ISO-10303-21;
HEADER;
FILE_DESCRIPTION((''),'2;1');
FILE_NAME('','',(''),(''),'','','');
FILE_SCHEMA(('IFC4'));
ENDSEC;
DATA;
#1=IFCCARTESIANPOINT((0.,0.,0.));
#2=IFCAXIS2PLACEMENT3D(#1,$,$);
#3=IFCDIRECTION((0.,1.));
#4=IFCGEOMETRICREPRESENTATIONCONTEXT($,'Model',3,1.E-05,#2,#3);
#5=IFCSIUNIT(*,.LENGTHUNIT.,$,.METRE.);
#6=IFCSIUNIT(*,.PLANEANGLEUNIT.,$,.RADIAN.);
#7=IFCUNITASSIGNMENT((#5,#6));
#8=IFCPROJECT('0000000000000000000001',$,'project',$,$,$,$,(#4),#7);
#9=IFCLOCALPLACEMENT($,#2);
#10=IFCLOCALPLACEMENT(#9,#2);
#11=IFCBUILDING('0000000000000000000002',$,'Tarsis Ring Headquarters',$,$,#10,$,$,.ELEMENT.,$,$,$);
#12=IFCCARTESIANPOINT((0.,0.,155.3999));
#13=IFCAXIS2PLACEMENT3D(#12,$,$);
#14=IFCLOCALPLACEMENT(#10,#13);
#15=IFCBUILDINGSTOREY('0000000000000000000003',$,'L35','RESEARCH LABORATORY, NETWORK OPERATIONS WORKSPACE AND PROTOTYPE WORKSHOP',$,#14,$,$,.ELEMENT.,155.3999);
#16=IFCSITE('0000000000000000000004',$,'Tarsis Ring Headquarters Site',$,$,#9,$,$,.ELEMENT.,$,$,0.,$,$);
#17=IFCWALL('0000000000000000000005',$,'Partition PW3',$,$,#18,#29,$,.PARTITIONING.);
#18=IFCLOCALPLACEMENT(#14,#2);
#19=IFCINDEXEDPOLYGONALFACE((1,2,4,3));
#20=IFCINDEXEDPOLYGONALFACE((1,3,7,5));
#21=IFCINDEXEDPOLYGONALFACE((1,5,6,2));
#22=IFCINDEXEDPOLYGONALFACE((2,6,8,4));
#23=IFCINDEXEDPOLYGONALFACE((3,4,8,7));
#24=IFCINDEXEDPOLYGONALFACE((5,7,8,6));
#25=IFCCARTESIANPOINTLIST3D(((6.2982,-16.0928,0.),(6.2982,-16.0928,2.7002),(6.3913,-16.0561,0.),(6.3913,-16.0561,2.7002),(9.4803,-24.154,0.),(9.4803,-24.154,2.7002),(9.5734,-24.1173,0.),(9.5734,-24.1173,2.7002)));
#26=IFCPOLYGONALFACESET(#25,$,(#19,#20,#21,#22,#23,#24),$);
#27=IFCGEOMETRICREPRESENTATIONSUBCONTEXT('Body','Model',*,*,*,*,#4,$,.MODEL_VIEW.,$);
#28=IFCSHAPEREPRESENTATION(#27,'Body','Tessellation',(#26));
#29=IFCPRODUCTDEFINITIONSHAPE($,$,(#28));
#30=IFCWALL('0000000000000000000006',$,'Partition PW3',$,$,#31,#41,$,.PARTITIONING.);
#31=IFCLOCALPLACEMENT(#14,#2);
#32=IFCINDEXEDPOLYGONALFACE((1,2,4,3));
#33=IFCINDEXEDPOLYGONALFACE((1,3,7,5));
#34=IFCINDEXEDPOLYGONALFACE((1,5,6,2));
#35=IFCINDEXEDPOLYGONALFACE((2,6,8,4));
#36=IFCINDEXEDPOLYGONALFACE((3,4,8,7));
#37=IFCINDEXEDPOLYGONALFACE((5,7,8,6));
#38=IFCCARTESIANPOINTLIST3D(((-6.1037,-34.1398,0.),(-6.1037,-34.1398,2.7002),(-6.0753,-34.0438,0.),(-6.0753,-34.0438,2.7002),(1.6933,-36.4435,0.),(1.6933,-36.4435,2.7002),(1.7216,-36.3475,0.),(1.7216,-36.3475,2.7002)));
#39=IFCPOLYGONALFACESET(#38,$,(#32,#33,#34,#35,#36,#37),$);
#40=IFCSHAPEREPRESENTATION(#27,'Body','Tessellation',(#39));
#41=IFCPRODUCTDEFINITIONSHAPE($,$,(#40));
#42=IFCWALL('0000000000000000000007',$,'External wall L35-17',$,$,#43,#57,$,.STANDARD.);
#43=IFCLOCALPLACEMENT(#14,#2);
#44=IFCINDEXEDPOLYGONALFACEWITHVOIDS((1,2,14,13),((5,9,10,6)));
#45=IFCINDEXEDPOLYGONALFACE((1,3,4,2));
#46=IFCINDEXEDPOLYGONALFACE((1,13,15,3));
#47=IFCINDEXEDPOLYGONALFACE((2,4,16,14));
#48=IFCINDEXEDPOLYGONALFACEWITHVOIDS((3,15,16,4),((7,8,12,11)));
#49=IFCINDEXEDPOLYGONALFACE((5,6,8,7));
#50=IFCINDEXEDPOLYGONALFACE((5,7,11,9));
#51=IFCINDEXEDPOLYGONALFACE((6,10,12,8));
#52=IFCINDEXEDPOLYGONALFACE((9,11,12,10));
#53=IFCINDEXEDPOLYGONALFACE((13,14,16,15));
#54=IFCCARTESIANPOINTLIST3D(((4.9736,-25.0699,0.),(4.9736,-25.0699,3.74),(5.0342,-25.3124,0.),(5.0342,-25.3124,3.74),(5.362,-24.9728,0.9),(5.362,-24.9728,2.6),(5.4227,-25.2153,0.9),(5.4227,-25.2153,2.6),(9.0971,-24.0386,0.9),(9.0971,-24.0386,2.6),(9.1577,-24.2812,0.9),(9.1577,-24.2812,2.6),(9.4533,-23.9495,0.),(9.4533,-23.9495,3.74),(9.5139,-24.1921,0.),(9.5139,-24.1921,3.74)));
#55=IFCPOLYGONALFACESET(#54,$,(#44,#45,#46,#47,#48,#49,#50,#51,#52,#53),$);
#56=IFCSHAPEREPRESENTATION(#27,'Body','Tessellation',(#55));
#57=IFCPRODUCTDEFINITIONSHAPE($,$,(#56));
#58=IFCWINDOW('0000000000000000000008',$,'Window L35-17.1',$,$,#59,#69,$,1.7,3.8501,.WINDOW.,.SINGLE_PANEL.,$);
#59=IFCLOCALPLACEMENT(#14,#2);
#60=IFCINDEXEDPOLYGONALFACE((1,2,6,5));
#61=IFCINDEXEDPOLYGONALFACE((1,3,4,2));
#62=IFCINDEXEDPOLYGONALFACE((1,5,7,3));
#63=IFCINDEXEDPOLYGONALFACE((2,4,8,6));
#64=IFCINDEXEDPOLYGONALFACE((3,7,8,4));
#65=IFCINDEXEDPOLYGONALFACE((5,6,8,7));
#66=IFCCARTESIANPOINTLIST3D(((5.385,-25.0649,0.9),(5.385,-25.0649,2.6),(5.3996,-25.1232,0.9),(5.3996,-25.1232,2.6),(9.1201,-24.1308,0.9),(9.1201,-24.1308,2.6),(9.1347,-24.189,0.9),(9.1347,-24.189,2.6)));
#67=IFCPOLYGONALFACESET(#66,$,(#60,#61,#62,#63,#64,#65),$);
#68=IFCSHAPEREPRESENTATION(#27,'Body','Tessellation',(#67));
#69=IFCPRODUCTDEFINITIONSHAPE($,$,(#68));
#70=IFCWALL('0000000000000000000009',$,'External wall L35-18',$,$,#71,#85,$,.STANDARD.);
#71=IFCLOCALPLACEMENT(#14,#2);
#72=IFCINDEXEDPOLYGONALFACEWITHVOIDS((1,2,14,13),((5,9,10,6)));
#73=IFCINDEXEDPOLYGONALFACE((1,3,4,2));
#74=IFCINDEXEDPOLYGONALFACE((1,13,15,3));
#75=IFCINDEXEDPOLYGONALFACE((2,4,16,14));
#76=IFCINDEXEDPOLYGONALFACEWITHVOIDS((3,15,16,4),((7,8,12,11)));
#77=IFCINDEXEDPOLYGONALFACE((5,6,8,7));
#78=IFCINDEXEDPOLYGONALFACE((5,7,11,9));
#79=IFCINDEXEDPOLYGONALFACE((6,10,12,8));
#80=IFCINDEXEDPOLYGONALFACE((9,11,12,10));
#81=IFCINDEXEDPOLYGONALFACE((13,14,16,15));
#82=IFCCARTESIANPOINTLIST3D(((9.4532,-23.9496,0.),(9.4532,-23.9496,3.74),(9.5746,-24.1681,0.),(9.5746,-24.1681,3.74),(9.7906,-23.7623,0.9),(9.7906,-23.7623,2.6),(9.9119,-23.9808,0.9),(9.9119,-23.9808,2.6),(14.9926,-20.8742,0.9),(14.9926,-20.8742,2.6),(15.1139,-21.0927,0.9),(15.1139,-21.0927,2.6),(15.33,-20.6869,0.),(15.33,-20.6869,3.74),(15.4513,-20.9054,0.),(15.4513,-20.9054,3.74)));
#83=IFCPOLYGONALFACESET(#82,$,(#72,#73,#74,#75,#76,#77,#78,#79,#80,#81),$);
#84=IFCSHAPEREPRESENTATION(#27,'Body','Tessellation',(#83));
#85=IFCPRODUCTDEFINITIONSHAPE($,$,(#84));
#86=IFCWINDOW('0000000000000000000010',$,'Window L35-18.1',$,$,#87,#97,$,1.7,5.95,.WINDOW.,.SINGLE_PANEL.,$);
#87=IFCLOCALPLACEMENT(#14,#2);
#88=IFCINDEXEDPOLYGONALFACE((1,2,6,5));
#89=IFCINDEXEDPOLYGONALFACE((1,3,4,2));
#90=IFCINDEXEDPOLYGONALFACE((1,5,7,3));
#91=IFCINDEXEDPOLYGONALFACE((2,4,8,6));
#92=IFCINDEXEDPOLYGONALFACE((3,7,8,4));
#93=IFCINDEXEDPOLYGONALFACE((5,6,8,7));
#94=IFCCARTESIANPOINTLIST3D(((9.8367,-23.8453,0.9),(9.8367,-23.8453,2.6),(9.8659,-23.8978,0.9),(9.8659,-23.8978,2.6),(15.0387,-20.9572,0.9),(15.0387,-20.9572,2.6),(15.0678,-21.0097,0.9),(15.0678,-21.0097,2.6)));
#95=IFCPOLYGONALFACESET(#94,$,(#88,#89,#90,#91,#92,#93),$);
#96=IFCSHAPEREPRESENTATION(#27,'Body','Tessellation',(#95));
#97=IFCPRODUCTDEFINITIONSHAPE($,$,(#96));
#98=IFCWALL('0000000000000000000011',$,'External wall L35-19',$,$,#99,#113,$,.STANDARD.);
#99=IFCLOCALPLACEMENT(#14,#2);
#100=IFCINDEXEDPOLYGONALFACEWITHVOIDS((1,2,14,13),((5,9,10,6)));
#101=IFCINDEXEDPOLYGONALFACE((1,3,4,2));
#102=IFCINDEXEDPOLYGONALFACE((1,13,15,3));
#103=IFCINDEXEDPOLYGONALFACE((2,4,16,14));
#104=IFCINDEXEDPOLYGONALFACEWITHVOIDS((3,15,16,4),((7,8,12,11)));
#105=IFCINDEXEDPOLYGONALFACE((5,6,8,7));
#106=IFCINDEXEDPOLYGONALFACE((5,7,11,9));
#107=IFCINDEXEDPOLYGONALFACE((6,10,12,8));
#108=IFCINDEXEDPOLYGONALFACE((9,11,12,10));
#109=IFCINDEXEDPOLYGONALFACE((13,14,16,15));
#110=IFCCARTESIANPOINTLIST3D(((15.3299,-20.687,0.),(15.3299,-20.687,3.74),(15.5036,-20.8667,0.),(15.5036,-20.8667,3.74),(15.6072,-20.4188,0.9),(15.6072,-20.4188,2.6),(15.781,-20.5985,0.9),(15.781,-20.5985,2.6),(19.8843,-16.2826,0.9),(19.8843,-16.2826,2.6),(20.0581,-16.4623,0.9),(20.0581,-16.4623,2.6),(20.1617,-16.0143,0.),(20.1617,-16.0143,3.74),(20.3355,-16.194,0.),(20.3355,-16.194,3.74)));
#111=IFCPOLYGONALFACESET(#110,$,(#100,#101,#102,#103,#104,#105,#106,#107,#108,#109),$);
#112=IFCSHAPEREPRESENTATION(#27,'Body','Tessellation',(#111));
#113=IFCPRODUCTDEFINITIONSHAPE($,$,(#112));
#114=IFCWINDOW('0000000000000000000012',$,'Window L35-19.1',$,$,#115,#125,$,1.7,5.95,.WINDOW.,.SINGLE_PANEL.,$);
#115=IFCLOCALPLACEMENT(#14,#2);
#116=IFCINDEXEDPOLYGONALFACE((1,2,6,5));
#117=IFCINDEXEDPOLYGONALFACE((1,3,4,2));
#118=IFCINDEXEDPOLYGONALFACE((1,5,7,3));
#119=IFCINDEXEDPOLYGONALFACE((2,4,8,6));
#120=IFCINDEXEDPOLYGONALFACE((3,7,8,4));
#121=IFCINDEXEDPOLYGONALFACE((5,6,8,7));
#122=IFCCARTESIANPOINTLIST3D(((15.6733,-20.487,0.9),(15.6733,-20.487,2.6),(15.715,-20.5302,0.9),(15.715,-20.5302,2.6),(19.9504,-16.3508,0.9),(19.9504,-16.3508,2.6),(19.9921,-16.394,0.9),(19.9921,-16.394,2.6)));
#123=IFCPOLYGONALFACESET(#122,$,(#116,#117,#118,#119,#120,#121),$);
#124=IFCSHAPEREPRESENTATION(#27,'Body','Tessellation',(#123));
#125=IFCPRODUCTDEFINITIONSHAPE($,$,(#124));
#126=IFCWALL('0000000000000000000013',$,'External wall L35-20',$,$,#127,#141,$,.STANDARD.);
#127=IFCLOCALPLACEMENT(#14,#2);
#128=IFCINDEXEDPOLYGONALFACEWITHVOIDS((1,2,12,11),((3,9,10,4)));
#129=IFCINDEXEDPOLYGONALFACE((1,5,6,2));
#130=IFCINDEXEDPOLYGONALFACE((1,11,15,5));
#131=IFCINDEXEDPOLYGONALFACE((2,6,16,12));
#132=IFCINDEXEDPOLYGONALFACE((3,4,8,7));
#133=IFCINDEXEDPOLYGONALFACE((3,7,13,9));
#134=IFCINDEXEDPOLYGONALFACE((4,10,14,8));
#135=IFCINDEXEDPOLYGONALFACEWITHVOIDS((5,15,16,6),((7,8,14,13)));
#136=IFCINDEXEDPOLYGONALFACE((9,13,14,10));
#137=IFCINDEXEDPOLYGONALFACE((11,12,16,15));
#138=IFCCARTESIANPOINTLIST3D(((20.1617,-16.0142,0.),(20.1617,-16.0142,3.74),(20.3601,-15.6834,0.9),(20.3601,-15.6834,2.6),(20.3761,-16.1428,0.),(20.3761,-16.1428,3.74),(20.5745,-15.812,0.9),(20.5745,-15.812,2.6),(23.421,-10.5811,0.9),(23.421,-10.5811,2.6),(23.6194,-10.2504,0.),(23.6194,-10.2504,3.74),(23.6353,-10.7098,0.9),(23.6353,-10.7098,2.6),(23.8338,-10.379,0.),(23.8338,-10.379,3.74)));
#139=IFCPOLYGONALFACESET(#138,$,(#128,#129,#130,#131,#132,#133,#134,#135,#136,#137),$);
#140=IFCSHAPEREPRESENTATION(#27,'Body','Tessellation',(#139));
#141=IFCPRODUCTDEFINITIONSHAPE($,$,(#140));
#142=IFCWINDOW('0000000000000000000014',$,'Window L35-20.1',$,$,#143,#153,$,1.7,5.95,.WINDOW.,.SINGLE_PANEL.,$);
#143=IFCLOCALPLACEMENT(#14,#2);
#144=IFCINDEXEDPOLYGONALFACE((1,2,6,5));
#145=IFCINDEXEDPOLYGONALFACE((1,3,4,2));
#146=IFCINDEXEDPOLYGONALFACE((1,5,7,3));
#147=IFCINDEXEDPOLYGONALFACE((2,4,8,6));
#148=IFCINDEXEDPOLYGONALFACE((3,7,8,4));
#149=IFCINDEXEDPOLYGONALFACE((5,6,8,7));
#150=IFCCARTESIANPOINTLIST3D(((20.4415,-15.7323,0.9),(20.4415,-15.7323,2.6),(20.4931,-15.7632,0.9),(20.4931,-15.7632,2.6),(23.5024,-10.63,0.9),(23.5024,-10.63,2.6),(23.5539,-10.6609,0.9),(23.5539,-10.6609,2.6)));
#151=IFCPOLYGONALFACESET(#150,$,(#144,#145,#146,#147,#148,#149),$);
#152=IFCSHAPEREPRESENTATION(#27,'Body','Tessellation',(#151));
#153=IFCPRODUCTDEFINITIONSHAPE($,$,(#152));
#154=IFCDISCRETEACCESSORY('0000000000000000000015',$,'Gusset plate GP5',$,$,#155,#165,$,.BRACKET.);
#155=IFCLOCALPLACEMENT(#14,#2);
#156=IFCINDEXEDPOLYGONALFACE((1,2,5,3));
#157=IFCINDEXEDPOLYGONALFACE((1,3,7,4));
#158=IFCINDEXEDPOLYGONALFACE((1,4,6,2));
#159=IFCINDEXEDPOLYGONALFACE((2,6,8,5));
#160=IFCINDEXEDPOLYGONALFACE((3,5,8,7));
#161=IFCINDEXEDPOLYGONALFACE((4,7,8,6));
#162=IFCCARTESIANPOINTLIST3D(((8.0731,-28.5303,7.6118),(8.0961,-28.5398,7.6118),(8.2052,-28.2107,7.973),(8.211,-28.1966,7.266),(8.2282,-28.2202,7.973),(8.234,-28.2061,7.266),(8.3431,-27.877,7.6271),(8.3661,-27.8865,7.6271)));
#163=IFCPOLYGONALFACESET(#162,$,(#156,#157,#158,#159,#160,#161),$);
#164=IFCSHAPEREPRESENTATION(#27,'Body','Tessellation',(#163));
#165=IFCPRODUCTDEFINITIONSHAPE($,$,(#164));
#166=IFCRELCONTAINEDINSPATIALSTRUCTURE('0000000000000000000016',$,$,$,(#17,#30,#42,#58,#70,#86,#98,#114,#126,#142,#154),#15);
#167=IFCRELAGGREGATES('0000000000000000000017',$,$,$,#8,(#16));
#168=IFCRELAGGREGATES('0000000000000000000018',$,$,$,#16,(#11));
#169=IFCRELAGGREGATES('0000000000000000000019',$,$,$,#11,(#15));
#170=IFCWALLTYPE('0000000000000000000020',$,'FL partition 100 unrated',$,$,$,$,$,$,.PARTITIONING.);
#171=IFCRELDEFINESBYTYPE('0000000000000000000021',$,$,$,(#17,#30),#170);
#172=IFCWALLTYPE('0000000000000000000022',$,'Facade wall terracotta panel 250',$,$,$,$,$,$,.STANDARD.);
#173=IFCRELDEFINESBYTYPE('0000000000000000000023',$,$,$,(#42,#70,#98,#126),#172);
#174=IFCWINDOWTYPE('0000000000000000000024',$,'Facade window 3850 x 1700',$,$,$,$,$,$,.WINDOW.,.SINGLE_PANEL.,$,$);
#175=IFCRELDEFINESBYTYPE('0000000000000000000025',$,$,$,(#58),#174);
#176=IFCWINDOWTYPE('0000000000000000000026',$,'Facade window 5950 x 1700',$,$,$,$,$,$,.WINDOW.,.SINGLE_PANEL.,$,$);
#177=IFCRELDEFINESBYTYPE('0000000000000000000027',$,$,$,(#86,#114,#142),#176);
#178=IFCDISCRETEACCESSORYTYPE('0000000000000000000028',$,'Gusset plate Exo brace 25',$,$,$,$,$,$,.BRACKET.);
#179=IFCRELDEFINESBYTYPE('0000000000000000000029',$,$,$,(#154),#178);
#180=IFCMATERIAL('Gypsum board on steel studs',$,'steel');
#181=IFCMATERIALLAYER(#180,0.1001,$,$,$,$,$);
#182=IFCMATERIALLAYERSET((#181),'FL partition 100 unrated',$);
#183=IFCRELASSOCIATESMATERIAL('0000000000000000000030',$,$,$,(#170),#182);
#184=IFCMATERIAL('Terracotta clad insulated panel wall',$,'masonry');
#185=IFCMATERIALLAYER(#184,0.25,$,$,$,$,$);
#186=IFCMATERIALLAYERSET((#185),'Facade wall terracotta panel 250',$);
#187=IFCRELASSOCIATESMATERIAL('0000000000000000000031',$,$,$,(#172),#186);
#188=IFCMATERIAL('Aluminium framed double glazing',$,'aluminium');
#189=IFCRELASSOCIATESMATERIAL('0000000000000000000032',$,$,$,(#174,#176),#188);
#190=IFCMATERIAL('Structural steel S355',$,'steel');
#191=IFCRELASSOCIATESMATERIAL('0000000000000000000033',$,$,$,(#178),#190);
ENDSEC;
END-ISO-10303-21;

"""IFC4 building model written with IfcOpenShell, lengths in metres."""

from ifc_helpers import new_model, si_unit, direction, frame, frame_2d, origin, origin_2d, place, context, subcontext, project, spatial, rectangle, extrude, material, layer, layer_set, material_profile, profile_set, type_object, element, fill, save


model = new_model("IFC4")

# Units and contexts
model_context = context("Model", 3, precision=1e-05, world=origin(), true_north=direction((0.0, 1.0)))
body_context = subcontext(model_context, "Body", "Model", "MODEL_VIEW")
ifc_project = project(units=[si_unit("LENGTHUNIT", "METRE"), si_unit("PLANEANGLEUNIT", "RADIAN")], contexts=[model_context])

# Site, building, storey
site_placement = place(None, origin())
site = spatial("IfcSite", under=ifc_project, at=site_placement, Name="Tarsis Ring Headquarters Site", CompositionType="ELEMENT", RefElevation=0.0)
building_placement = place(site_placement, origin())
building = spatial("IfcBuilding", under=site, at=building_placement, Name="Tarsis Ring Headquarters", CompositionType="ELEMENT")
storey_placement = place(building_placement, frame((0.0, 0.0, 155.3999)))
storey = spatial("IfcBuildingStorey", under=building, at=storey_placement, Name="L35", Description="RESEARCH LABORATORY, NETWORK OPERATIONS WORKSPACE AND PROTOTYPE WORKSHOP", CompositionType="ELEMENT", Elevation=155.3999)

# Shared definitions
ifc_material_1 = material(Name="Structural steel S355", Category="steel")

# Walls
ifc_material_2 = material(Name="Gypsum board on steel studs", Category="steel")
ifc_layer_1 = layer(ifc_material_2, 0.1001)
ifc_layer_set_1 = layer_set([ifc_layer_1], Name="FL partition 100 unrated")
wall_type_1 = type_object("IfcWallType", Name="FL partition 100 unrated", PredefinedType="PARTITIONING", material=ifc_layer_set_1)
wall_1_placement = place(storey_placement, frame((6.3447, -16.0745, 0.0), z_axis=(0.0, 0.0, 1.0), x_axis=(0.367171, -0.930153, 0.0)))
element("IfcWall", 1, at=wall_1_placement, inside=storey, type_object=wall_type_1, Name="Partition PW3", PredefinedType="PARTITIONING", context=body_context, shape_type="SweptSolid", body=[
    extrude(rectangle(XDim=8.6665, YDim=0.1001, at=frame_2d((4.3333, 0.0))), origin(), (0.0, 0.0, 1.0), 2.7002),
])
wall_2_placement = place(storey_placement, frame((-6.0894, -34.0918, 0.0), z_axis=(0.0, 0.0, 1.0), x_axis=(0.959015, -0.283356, 0.0)))
element("IfcWall", 2, at=wall_2_placement, inside=storey, type_object=wall_type_1, Name="Partition PW3", PredefinedType="PARTITIONING", context=body_context, shape_type="SweptSolid", body=[
    extrude(rectangle(XDim=8.1301, YDim=0.1001, at=frame_2d((4.0649, 0.0))), origin(), (0.0, 0.0, 1.0), 2.7002),
])

# Walls, openings, windows
ifc_material_3 = material(Name="Terracotta clad insulated panel wall", Category="masonry")
ifc_layer_2 = layer(ifc_material_3, 0.25)
ifc_layer_set_2 = layer_set([ifc_layer_2], Name="Facade wall terracotta panel 250")
wall_type_2 = type_object("IfcWallType", Name="Facade wall terracotta panel 250", PredefinedType="STANDARD", material=ifc_layer_set_2)
wall_3_placement = place(storey_placement, frame((5.0039, -25.1912, 0.0), z_axis=(0.0, 0.0, 1.0), x_axis=(0.970121, 0.242623, 0.0)))
wall_3 = element("IfcWall", 3, at=wall_3_placement, inside=storey, type_object=wall_type_2, Name="External wall L35-17", PredefinedType="STANDARD", context=body_context, shape_type="SweptSolid", body=[
    extrude(rectangle(XDim=4.6177, YDim=0.25, at=frame_2d((2.3088, 0.0))), origin(), (0.0, 0.0, 1.0), 3.74),
])
opening_1_placement = place(wall_3_placement, frame((0.4004, 0.0, 0.8999)))
opening_1 = element("IfcOpeningElement", 4, at=opening_1_placement, cuts=wall_3, PredefinedType="OPENING", context=body_context, shape_type="SweptSolid", body=[
    extrude(rectangle(XDim=3.8501, YDim=1.7, at=frame_2d((1.925, 0.8501))), frame((0.0, 0.135, 0.0), z_axis=(0.0, -1.0, 0.0), x_axis=(1.0, 0.0, 0.0)), (0.0, 0.0, 1.0), 0.27),
])
ifc_material_4 = material(Name="Aluminium framed double glazing", Category="aluminium")
window_type_1 = type_object("IfcWindowType", Name="Facade window 3850 x 1700", PartitioningType="SINGLE_PANEL", PredefinedType="WINDOW", material=ifc_material_4)
window_1_placement = place(opening_1_placement, origin())
window_1 = element("IfcWindow", 5, at=window_1_placement, inside=storey, type_object=window_type_1, Name="Window L35-17.1", OverallHeight=1.7, OverallWidth=3.8501, PartitioningType="SINGLE_PANEL", PredefinedType="WINDOW", context=body_context, shape_type="SweptSolid", body=[
    extrude(rectangle(XDim=3.8501, YDim=1.7, at=frame_2d((1.925, 0.8501))), frame((0.0, 0.03, 0.0), z_axis=(0.0, -1.0, 0.0), x_axis=(1.0, 0.0, 0.0)), (0.0, 0.0, 1.0), 0.0601),
])
fill(opening_1, window_1)
wall_4_placement = place(storey_placement, frame((9.5139, -24.0588, 0.0), z_axis=(0.0, 0.0, 1.0), x_axis=(0.874293, 0.485399, 0.0)))
wall_4 = element("IfcWall", 6, at=wall_4_placement, inside=storey, type_object=wall_type_2, Name="External wall L35-18", PredefinedType="STANDARD", context=body_context, shape_type="SweptSolid", body=[
    extrude(rectangle(XDim=6.7217, YDim=0.25, at=frame_2d((3.3608, 0.0))), origin(), (0.0, 0.0, 1.0), 3.74),
])
opening_2_placement = place(wall_4_placement, frame((0.3857, 0.0, 0.8999)))
opening_2 = element("IfcOpeningElement", 7, at=opening_2_placement, cuts=wall_4, PredefinedType="OPENING", context=body_context, shape_type="SweptSolid", body=[
    extrude(rectangle(XDim=5.95, YDim=1.7, at=frame_2d((2.9751, 0.8501))), frame((0.0, 0.135, 0.0), z_axis=(0.0, -1.0, 0.0), x_axis=(1.0, 0.0, 0.0)), (0.0, 0.0, 1.0), 0.27),
])
window_type_2 = type_object("IfcWindowType", Name="Facade window 5950 x 1700", PartitioningType="SINGLE_PANEL", PredefinedType="WINDOW", material=ifc_material_4)
window_2_placement = place(opening_2_placement, origin())
window_2 = element("IfcWindow", 8, at=window_2_placement, inside=storey, type_object=window_type_2, Name="Window L35-18.1", OverallHeight=1.7, OverallWidth=5.95, PartitioningType="SINGLE_PANEL", PredefinedType="WINDOW", context=body_context, shape_type="SweptSolid", body=[
    extrude(rectangle(XDim=5.95, YDim=1.7, at=frame_2d((2.9751, 0.8501))), frame((0.0, 0.03, 0.0), z_axis=(0.0, -1.0, 0.0), x_axis=(1.0, 0.0, 0.0)), (0.0, 0.0, 1.0), 0.0601),
])
fill(opening_2, window_2)
wall_5_placement = place(storey_placement, frame((15.4167, -20.7769, 0.0), z_axis=(0.0, 0.0, 1.0), x_axis=(0.718849, 0.695167, 0.0)))
wall_5 = element("IfcWall", 9, at=wall_5_placement, inside=storey, type_object=wall_type_2, Name="External wall L35-19", PredefinedType="STANDARD", context=body_context, shape_type="SweptSolid", body=[
    extrude(rectangle(XDim=6.7217, YDim=0.25, at=frame_2d((3.3608, 0.0))), origin(), (0.0, 0.0, 1.0), 3.74),
])
opening_3_placement = place(wall_5_placement, frame((0.3857, 0.0, 0.8999)))
opening_3 = element("IfcOpeningElement", 10, at=opening_3_placement, cuts=wall_5, PredefinedType="OPENING", context=body_context, shape_type="SweptSolid", body=[
    extrude(rectangle(XDim=5.95, YDim=1.7, at=frame_2d((2.9751, 0.8501))), frame((0.0, 0.135, 0.0), z_axis=(0.0, -1.0, 0.0), x_axis=(1.0, 0.0, 0.0)), (0.0, 0.0, 1.0), 0.27),
])
window_3_placement = place(opening_3_placement, origin())
window_3 = element("IfcWindow", 11, at=window_3_placement, inside=storey, type_object=window_type_2, Name="Window L35-19.1", OverallHeight=1.7, OverallWidth=5.95, PartitioningType="SINGLE_PANEL", PredefinedType="WINDOW", context=body_context, shape_type="SweptSolid", body=[
    extrude(rectangle(XDim=5.95, YDim=1.7, at=frame_2d((2.9751, 0.8501))), frame((0.0, 0.03, 0.0), z_axis=(0.0, -1.0, 0.0), x_axis=(1.0, 0.0, 0.0)), (0.0, 0.0, 1.0), 0.0601),
])
fill(opening_3, window_3)
wall_6_placement = place(storey_placement, frame((20.2688, -16.0786, 0.0), z_axis=(0.0, 0.0, 1.0), x_axis=(0.514432, 0.857531, 0.0)))
wall_6 = element("IfcWall", 12, at=wall_6_placement, inside=storey, type_object=wall_type_2, Name="External wall L35-20", PredefinedType="STANDARD", context=body_context, shape_type="SweptSolid", body=[
    extrude(rectangle(XDim=6.7214, YDim=0.25, at=frame_2d((3.3608, 0.0))), origin(), (0.0, 0.0, 1.0), 3.74),
])
opening_4_placement = place(wall_6_placement, frame((0.3857, 0.0, 0.8999)))
opening_4 = element("IfcOpeningElement", 13, at=opening_4_placement, cuts=wall_6, PredefinedType="OPENING", context=body_context, shape_type="SweptSolid", body=[
    extrude(rectangle(XDim=5.95, YDim=1.7, at=frame_2d((2.9751, 0.8501))), frame((0.0, 0.135, 0.0), z_axis=(0.0, -1.0, 0.0), x_axis=(1.0, 0.0, 0.0)), (0.0, 0.0, 1.0), 0.27),
])
window_4_placement = place(opening_4_placement, origin())
window_4 = element("IfcWindow", 14, at=window_4_placement, inside=storey, type_object=window_type_2, Name="Window L35-20.1", OverallHeight=1.7, OverallWidth=5.95, PartitioningType="SINGLE_PANEL", PredefinedType="WINDOW", context=body_context, shape_type="SweptSolid", body=[
    extrude(rectangle(XDim=5.95, YDim=1.7, at=frame_2d((2.9751, 0.8501))), frame((0.0, 0.03, 0.0), z_axis=(0.0, -1.0, 0.0), x_axis=(1.0, 0.0, 0.0)), (0.0, 0.0, 1.0), 0.0601),
])
fill(opening_4, window_4)

# Discrete accessory
ifc_material_profile_1 = material_profile(ifc_material_1, rectangle(XDim=0.0249, YDim=0.5, at=origin_2d()), Name="PL 25x500")
ifc_profile_set_1 = profile_set([ifc_material_profile_1], Name="Structural steel S355")
discrete_accessory_type = type_object("IfcDiscreteAccessoryType", Name="Gusset plate Exo brace 25", PredefinedType="BRACKET", material=ifc_profile_set_1)
discrete_accessory_placement = place(storey_placement, frame((8.2856, -28.0486, 7.8), z_axis=(-0.264182, -0.639214, -0.722228), x_axis=(0.92418, -0.381957, 0.0)))
element("IfcDiscreteAccessory", 15, at=discrete_accessory_placement, inside=storey, type_object=discrete_accessory_type, Name="Gusset plate GP5", PredefinedType="BRACKET", context=body_context, shape_type="SweptSolid", body=[
    extrude(rectangle(XDim=0.0249, YDim=0.5, at=origin_2d()), origin(), (0.0, 0.0, 1.0), 0.5),
])

save(model, "model.ifc")
